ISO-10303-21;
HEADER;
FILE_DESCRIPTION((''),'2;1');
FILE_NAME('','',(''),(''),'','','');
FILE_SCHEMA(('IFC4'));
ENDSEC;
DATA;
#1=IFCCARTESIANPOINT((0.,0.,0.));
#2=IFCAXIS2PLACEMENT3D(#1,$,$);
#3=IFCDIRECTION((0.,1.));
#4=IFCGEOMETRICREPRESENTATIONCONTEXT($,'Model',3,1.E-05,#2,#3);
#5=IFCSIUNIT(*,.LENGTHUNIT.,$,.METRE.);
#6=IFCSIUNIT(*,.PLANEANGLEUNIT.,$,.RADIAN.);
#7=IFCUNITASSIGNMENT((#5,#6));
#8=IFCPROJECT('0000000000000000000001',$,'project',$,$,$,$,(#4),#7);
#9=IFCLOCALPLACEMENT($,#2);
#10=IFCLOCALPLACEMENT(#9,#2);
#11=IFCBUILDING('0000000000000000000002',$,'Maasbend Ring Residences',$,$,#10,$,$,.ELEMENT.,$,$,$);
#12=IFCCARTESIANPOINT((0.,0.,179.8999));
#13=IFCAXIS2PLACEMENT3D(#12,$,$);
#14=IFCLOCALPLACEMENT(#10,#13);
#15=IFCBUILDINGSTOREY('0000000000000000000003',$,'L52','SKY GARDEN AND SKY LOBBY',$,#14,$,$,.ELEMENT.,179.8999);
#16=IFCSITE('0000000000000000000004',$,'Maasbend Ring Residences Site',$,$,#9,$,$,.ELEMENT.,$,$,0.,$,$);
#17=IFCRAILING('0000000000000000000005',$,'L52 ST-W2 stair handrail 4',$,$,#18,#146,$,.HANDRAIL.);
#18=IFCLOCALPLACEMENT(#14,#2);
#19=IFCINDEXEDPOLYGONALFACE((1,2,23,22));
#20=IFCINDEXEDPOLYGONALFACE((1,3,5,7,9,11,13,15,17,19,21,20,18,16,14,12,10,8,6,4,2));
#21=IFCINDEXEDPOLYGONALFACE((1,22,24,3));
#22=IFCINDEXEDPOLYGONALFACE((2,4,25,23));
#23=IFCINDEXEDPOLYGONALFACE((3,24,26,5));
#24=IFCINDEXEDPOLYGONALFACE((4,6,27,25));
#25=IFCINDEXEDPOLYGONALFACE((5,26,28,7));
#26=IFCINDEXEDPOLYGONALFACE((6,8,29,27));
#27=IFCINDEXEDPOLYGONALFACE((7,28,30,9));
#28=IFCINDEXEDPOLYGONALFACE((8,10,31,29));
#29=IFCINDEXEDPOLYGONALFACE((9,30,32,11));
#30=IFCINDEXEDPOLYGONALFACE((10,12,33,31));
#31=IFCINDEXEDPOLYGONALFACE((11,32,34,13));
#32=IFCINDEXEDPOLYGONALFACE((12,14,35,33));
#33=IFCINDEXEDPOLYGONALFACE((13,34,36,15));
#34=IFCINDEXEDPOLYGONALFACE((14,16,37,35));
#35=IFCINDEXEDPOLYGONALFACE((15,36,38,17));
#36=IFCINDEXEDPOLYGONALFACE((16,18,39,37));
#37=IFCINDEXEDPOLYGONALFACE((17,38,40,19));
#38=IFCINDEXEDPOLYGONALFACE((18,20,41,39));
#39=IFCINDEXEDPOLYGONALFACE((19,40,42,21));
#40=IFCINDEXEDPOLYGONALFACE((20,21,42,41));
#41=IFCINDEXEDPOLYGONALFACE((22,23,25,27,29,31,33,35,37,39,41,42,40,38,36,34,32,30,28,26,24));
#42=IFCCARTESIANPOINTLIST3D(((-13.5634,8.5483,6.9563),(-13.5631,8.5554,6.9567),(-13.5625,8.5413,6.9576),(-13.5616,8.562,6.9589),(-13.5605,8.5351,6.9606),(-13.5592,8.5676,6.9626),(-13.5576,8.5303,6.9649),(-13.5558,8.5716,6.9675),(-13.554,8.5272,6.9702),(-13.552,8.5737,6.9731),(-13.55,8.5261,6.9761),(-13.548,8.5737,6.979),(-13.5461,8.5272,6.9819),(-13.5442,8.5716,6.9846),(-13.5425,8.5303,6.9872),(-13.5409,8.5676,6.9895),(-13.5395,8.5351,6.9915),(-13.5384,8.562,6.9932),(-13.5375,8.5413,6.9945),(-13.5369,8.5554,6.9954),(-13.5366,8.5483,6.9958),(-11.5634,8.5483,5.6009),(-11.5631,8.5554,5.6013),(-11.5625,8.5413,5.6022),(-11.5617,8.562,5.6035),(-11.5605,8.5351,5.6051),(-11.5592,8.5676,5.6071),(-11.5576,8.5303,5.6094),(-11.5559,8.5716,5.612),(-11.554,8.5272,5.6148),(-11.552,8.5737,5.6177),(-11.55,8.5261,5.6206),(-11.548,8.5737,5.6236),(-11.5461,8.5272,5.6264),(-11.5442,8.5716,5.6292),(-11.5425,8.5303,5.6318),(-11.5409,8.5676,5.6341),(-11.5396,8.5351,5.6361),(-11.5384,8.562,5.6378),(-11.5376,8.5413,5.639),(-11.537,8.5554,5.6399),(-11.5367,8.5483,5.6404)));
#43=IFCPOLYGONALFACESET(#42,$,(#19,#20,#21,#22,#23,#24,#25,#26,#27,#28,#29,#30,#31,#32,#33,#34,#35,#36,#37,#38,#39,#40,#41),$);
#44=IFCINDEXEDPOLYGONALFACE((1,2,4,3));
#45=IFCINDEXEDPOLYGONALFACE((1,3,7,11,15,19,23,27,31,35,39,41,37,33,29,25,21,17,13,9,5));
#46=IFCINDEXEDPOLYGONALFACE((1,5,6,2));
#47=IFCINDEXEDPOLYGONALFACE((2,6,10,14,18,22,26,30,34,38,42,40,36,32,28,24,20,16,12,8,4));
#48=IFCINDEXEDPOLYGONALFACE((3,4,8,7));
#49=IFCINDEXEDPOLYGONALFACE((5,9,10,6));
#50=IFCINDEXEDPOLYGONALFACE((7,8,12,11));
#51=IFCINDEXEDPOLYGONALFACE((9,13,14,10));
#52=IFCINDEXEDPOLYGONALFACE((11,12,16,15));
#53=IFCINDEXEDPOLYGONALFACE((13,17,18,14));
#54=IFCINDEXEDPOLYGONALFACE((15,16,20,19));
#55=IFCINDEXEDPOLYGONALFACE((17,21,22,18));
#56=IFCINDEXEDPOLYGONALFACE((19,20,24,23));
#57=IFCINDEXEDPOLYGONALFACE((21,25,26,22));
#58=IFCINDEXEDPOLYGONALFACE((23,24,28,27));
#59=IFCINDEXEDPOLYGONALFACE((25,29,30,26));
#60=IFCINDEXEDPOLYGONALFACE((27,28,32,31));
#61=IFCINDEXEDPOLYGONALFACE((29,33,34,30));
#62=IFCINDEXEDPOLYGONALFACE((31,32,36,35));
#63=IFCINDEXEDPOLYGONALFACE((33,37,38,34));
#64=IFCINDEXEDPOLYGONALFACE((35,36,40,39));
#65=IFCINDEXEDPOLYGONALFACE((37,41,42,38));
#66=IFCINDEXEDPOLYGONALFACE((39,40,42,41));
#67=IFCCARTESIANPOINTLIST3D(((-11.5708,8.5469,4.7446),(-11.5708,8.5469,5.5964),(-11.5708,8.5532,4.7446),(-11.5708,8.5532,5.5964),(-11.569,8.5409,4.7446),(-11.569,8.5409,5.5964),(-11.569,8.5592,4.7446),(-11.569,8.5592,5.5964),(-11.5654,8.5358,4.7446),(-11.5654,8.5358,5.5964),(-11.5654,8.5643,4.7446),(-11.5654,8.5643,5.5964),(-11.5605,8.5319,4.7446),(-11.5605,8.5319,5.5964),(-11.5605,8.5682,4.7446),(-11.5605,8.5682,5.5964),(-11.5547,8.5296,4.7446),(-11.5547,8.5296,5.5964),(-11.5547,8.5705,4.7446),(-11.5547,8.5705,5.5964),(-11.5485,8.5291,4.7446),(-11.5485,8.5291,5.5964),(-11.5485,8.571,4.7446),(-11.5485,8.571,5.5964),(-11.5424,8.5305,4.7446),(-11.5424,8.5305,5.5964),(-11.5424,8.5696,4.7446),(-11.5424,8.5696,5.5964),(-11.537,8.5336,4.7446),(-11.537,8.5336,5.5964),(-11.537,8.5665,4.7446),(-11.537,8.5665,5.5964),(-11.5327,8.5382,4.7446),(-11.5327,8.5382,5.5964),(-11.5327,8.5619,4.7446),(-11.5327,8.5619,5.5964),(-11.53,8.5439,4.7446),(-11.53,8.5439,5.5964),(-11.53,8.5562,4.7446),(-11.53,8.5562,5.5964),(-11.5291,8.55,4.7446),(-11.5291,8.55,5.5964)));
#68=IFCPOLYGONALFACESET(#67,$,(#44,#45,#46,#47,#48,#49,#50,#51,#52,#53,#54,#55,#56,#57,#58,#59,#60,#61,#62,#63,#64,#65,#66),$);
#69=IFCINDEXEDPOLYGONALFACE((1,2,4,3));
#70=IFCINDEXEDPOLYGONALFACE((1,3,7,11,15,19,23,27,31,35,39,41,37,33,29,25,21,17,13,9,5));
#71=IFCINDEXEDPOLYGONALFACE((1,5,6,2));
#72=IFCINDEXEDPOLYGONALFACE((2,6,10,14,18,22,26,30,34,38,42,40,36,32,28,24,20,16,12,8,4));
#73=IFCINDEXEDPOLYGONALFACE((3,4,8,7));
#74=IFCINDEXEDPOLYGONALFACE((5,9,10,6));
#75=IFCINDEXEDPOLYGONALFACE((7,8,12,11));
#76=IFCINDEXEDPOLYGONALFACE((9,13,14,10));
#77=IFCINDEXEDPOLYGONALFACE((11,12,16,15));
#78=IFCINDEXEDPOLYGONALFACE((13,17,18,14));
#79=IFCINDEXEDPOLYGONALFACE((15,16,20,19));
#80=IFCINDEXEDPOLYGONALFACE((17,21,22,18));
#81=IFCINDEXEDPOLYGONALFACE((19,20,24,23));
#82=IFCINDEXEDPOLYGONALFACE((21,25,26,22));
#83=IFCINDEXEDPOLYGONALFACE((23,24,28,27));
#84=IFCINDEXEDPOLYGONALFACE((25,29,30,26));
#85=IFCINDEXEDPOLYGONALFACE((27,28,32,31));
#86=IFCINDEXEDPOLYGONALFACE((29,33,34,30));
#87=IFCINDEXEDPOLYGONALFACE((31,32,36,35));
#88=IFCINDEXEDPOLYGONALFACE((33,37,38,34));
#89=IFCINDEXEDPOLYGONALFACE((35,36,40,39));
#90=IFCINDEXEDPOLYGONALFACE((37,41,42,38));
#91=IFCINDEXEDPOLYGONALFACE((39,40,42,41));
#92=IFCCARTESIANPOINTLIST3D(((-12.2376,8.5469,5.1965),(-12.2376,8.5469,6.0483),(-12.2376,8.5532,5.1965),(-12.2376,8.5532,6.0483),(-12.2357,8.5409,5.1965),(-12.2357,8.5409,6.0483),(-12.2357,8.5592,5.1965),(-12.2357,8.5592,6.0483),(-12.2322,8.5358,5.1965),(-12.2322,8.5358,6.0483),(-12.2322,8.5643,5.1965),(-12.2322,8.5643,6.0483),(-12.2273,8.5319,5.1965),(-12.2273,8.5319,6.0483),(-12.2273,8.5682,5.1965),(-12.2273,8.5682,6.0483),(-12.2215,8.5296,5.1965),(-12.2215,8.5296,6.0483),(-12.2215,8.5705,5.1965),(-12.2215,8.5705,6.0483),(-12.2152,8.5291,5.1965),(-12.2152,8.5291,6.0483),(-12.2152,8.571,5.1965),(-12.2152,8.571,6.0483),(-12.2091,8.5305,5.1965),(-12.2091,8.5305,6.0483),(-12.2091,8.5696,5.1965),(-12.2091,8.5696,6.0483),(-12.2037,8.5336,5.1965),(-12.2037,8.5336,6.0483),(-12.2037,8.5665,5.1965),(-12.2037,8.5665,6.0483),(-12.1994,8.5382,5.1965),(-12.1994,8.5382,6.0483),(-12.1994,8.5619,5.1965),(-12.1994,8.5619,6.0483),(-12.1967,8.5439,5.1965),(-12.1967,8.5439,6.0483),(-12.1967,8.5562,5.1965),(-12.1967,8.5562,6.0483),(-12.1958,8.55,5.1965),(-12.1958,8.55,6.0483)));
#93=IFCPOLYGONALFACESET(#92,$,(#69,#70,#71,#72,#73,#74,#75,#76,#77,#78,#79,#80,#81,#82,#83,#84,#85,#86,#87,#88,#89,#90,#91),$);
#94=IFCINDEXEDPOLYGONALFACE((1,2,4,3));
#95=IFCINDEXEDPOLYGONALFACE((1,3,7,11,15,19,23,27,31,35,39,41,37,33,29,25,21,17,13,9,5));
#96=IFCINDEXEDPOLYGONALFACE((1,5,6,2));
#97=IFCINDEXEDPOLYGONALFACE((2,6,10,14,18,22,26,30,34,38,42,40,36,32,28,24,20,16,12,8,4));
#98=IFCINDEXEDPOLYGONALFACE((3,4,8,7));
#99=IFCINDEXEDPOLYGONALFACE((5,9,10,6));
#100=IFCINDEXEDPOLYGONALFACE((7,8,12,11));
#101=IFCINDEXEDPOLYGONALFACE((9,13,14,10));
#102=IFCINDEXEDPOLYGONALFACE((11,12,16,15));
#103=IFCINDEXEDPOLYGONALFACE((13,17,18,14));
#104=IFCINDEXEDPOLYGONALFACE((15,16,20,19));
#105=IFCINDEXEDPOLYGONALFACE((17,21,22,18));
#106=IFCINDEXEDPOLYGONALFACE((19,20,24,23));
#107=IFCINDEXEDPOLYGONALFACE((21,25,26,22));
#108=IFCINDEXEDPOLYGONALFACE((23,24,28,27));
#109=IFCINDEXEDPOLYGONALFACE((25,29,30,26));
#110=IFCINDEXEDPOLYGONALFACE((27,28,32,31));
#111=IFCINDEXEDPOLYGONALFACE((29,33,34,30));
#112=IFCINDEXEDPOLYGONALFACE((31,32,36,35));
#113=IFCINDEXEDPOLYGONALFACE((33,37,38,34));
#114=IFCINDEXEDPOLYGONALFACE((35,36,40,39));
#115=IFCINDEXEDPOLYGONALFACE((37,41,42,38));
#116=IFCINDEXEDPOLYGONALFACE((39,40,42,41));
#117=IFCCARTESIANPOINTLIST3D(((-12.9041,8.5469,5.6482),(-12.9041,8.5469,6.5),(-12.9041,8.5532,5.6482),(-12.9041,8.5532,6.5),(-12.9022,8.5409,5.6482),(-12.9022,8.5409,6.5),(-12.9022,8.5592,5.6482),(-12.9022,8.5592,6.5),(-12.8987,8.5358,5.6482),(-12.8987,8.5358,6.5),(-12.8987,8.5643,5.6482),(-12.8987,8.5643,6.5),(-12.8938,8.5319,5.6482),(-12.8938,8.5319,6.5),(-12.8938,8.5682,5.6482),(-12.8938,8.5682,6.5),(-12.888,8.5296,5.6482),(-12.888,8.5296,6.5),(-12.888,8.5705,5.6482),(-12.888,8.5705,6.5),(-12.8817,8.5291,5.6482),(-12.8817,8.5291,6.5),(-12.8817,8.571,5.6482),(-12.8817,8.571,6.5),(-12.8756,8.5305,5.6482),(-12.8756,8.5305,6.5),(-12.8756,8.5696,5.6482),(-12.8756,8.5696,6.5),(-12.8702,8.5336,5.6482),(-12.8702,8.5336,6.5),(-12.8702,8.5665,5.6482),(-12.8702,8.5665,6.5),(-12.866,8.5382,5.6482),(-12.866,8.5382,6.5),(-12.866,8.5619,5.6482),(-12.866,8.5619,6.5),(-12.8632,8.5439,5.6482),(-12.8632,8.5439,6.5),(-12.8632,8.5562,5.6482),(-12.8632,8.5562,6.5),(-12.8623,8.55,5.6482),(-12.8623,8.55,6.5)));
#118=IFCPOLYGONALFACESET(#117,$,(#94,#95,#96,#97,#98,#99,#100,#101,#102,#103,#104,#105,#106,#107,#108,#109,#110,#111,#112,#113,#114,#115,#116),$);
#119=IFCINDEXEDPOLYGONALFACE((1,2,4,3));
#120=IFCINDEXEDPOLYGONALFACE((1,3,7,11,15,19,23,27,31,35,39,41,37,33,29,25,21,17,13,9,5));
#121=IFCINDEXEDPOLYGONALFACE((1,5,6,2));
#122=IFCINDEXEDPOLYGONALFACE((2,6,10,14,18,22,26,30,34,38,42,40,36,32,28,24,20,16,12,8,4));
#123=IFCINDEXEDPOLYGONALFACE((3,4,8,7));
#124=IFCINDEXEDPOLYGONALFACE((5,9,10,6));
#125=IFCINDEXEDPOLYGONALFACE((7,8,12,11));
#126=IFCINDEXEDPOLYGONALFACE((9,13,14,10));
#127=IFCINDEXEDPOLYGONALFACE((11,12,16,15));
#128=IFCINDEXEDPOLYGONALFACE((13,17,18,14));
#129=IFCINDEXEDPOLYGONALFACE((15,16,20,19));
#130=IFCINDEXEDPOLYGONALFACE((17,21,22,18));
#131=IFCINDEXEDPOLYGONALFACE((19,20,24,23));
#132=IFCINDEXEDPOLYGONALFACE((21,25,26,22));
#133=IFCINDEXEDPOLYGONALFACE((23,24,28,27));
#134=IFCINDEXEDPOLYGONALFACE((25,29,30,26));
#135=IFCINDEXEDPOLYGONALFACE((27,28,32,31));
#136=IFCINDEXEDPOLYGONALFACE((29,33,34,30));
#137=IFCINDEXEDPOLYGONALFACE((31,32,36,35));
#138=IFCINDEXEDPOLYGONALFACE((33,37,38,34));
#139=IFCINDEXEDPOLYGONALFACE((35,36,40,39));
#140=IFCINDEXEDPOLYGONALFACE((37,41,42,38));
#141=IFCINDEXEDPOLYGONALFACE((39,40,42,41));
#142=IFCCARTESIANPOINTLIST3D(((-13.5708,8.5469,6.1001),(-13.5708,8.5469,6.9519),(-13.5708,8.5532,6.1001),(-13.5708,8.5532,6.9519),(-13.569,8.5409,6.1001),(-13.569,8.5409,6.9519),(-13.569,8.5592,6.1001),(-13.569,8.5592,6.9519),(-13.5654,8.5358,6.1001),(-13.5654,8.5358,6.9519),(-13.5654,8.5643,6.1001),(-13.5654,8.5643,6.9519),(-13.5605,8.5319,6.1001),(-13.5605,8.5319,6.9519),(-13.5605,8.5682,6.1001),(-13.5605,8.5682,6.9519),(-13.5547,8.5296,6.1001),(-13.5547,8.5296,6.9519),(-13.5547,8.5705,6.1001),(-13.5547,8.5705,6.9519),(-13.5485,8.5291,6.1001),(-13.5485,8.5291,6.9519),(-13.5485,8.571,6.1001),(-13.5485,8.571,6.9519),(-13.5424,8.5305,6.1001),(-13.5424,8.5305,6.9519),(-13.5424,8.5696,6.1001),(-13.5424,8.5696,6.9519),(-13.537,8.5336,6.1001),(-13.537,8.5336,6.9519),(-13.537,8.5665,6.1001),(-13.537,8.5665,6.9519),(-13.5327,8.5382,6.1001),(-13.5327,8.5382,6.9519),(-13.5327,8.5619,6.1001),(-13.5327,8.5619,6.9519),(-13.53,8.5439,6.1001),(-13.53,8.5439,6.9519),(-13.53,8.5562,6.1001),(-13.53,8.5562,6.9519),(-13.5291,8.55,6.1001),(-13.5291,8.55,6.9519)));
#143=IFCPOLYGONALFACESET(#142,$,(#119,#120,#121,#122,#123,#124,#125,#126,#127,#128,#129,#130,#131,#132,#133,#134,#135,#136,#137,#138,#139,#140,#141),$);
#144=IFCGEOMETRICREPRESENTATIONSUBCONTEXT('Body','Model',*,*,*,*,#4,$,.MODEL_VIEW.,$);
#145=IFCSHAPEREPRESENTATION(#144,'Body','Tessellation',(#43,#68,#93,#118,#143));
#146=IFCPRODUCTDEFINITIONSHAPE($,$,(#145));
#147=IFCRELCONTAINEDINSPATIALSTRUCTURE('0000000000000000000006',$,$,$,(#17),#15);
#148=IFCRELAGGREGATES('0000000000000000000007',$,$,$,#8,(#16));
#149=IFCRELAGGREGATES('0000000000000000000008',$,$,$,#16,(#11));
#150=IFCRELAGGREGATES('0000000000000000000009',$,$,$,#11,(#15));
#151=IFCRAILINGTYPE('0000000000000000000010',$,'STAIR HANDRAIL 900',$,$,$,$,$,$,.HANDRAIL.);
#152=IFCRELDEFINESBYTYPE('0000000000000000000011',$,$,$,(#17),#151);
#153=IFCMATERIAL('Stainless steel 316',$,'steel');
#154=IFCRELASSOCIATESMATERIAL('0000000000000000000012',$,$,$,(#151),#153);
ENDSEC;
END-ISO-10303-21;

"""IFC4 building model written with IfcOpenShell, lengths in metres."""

from ifc_helpers import new_model, si_unit, direction, frame, origin, origin_2d, place, context, subcontext, project, spatial, circle, extrude, material, type_object, element, save


model = new_model("IFC4")

# Units and contexts
model_context = context("Model", 3, precision=1e-05, world=origin(), true_north=direction((0.0, 1.0)))
body_context = subcontext(model_context, "Body", "Model", "MODEL_VIEW")
ifc_project = project(units=[si_unit("LENGTHUNIT", "METRE"), si_unit("PLANEANGLEUNIT", "RADIAN")], contexts=[model_context])

# Site, building, storey
site_placement = place(None, origin())
site = spatial("IfcSite", under=ifc_project, at=site_placement, Name="Maasbend Ring Residences Site", CompositionType="ELEMENT", RefElevation=0.0)
building_placement = place(site_placement, origin())
building = spatial("IfcBuilding", under=site, at=building_placement, Name="Maasbend Ring Residences", CompositionType="ELEMENT")
storey_placement = place(building_placement, frame((0.0, 0.0, 179.8999)))
storey = spatial("IfcBuildingStorey", under=building, at=storey_placement, Name="L52", Description="SKY GARDEN AND SKY LOBBY", CompositionType="ELEMENT", Elevation=179.8999)

# Railing
ifc_material_1 = material(Name="Stainless steel 316", Category="steel")
railing_type = type_object("IfcRailingType", Name="STAIR HANDRAIL 900", PredefinedType="HANDRAIL", material=ifc_material_1)
railing_placement = place(storey_placement, frame((-11.55, 8.55, 4.7446)))
element("IfcRailing", 1, at=railing_placement, inside=storey, type_object=railing_type, Name="L52 ST-W2 stair handrail 4", PredefinedType="HANDRAIL", context=body_context, shape_type="SweptSolid", body=[
    extrude(circle(Radius=0.0239, at=origin_2d()), frame((0.0, 0.0, 0.876), z_axis=(-0.827798, 0.0, 0.561027), x_axis=(0.0, -1.0, 0.0)), (0.0, 0.0, 1.0), 2.416),
    extrude(circle(Radius=0.021, at=origin_2d()), origin(), (0.0, 0.0, 1.0), 0.8518),
    extrude(circle(Radius=0.021, at=origin_2d()), frame((-0.6667, 0.0, 0.4519)), (0.0, 0.0, 1.0), 0.8518),
    extrude(circle(Radius=0.021, at=origin_2d()), frame((-1.3333, 0.0, 0.9036)), (0.0, 0.0, 1.0), 0.8518),
    extrude(circle(Radius=0.021, at=origin_2d()), frame((-2.0, 0.0, 1.3555)), (0.0, 0.0, 1.0), 0.8518),
])

save(model, "model.ifc")
